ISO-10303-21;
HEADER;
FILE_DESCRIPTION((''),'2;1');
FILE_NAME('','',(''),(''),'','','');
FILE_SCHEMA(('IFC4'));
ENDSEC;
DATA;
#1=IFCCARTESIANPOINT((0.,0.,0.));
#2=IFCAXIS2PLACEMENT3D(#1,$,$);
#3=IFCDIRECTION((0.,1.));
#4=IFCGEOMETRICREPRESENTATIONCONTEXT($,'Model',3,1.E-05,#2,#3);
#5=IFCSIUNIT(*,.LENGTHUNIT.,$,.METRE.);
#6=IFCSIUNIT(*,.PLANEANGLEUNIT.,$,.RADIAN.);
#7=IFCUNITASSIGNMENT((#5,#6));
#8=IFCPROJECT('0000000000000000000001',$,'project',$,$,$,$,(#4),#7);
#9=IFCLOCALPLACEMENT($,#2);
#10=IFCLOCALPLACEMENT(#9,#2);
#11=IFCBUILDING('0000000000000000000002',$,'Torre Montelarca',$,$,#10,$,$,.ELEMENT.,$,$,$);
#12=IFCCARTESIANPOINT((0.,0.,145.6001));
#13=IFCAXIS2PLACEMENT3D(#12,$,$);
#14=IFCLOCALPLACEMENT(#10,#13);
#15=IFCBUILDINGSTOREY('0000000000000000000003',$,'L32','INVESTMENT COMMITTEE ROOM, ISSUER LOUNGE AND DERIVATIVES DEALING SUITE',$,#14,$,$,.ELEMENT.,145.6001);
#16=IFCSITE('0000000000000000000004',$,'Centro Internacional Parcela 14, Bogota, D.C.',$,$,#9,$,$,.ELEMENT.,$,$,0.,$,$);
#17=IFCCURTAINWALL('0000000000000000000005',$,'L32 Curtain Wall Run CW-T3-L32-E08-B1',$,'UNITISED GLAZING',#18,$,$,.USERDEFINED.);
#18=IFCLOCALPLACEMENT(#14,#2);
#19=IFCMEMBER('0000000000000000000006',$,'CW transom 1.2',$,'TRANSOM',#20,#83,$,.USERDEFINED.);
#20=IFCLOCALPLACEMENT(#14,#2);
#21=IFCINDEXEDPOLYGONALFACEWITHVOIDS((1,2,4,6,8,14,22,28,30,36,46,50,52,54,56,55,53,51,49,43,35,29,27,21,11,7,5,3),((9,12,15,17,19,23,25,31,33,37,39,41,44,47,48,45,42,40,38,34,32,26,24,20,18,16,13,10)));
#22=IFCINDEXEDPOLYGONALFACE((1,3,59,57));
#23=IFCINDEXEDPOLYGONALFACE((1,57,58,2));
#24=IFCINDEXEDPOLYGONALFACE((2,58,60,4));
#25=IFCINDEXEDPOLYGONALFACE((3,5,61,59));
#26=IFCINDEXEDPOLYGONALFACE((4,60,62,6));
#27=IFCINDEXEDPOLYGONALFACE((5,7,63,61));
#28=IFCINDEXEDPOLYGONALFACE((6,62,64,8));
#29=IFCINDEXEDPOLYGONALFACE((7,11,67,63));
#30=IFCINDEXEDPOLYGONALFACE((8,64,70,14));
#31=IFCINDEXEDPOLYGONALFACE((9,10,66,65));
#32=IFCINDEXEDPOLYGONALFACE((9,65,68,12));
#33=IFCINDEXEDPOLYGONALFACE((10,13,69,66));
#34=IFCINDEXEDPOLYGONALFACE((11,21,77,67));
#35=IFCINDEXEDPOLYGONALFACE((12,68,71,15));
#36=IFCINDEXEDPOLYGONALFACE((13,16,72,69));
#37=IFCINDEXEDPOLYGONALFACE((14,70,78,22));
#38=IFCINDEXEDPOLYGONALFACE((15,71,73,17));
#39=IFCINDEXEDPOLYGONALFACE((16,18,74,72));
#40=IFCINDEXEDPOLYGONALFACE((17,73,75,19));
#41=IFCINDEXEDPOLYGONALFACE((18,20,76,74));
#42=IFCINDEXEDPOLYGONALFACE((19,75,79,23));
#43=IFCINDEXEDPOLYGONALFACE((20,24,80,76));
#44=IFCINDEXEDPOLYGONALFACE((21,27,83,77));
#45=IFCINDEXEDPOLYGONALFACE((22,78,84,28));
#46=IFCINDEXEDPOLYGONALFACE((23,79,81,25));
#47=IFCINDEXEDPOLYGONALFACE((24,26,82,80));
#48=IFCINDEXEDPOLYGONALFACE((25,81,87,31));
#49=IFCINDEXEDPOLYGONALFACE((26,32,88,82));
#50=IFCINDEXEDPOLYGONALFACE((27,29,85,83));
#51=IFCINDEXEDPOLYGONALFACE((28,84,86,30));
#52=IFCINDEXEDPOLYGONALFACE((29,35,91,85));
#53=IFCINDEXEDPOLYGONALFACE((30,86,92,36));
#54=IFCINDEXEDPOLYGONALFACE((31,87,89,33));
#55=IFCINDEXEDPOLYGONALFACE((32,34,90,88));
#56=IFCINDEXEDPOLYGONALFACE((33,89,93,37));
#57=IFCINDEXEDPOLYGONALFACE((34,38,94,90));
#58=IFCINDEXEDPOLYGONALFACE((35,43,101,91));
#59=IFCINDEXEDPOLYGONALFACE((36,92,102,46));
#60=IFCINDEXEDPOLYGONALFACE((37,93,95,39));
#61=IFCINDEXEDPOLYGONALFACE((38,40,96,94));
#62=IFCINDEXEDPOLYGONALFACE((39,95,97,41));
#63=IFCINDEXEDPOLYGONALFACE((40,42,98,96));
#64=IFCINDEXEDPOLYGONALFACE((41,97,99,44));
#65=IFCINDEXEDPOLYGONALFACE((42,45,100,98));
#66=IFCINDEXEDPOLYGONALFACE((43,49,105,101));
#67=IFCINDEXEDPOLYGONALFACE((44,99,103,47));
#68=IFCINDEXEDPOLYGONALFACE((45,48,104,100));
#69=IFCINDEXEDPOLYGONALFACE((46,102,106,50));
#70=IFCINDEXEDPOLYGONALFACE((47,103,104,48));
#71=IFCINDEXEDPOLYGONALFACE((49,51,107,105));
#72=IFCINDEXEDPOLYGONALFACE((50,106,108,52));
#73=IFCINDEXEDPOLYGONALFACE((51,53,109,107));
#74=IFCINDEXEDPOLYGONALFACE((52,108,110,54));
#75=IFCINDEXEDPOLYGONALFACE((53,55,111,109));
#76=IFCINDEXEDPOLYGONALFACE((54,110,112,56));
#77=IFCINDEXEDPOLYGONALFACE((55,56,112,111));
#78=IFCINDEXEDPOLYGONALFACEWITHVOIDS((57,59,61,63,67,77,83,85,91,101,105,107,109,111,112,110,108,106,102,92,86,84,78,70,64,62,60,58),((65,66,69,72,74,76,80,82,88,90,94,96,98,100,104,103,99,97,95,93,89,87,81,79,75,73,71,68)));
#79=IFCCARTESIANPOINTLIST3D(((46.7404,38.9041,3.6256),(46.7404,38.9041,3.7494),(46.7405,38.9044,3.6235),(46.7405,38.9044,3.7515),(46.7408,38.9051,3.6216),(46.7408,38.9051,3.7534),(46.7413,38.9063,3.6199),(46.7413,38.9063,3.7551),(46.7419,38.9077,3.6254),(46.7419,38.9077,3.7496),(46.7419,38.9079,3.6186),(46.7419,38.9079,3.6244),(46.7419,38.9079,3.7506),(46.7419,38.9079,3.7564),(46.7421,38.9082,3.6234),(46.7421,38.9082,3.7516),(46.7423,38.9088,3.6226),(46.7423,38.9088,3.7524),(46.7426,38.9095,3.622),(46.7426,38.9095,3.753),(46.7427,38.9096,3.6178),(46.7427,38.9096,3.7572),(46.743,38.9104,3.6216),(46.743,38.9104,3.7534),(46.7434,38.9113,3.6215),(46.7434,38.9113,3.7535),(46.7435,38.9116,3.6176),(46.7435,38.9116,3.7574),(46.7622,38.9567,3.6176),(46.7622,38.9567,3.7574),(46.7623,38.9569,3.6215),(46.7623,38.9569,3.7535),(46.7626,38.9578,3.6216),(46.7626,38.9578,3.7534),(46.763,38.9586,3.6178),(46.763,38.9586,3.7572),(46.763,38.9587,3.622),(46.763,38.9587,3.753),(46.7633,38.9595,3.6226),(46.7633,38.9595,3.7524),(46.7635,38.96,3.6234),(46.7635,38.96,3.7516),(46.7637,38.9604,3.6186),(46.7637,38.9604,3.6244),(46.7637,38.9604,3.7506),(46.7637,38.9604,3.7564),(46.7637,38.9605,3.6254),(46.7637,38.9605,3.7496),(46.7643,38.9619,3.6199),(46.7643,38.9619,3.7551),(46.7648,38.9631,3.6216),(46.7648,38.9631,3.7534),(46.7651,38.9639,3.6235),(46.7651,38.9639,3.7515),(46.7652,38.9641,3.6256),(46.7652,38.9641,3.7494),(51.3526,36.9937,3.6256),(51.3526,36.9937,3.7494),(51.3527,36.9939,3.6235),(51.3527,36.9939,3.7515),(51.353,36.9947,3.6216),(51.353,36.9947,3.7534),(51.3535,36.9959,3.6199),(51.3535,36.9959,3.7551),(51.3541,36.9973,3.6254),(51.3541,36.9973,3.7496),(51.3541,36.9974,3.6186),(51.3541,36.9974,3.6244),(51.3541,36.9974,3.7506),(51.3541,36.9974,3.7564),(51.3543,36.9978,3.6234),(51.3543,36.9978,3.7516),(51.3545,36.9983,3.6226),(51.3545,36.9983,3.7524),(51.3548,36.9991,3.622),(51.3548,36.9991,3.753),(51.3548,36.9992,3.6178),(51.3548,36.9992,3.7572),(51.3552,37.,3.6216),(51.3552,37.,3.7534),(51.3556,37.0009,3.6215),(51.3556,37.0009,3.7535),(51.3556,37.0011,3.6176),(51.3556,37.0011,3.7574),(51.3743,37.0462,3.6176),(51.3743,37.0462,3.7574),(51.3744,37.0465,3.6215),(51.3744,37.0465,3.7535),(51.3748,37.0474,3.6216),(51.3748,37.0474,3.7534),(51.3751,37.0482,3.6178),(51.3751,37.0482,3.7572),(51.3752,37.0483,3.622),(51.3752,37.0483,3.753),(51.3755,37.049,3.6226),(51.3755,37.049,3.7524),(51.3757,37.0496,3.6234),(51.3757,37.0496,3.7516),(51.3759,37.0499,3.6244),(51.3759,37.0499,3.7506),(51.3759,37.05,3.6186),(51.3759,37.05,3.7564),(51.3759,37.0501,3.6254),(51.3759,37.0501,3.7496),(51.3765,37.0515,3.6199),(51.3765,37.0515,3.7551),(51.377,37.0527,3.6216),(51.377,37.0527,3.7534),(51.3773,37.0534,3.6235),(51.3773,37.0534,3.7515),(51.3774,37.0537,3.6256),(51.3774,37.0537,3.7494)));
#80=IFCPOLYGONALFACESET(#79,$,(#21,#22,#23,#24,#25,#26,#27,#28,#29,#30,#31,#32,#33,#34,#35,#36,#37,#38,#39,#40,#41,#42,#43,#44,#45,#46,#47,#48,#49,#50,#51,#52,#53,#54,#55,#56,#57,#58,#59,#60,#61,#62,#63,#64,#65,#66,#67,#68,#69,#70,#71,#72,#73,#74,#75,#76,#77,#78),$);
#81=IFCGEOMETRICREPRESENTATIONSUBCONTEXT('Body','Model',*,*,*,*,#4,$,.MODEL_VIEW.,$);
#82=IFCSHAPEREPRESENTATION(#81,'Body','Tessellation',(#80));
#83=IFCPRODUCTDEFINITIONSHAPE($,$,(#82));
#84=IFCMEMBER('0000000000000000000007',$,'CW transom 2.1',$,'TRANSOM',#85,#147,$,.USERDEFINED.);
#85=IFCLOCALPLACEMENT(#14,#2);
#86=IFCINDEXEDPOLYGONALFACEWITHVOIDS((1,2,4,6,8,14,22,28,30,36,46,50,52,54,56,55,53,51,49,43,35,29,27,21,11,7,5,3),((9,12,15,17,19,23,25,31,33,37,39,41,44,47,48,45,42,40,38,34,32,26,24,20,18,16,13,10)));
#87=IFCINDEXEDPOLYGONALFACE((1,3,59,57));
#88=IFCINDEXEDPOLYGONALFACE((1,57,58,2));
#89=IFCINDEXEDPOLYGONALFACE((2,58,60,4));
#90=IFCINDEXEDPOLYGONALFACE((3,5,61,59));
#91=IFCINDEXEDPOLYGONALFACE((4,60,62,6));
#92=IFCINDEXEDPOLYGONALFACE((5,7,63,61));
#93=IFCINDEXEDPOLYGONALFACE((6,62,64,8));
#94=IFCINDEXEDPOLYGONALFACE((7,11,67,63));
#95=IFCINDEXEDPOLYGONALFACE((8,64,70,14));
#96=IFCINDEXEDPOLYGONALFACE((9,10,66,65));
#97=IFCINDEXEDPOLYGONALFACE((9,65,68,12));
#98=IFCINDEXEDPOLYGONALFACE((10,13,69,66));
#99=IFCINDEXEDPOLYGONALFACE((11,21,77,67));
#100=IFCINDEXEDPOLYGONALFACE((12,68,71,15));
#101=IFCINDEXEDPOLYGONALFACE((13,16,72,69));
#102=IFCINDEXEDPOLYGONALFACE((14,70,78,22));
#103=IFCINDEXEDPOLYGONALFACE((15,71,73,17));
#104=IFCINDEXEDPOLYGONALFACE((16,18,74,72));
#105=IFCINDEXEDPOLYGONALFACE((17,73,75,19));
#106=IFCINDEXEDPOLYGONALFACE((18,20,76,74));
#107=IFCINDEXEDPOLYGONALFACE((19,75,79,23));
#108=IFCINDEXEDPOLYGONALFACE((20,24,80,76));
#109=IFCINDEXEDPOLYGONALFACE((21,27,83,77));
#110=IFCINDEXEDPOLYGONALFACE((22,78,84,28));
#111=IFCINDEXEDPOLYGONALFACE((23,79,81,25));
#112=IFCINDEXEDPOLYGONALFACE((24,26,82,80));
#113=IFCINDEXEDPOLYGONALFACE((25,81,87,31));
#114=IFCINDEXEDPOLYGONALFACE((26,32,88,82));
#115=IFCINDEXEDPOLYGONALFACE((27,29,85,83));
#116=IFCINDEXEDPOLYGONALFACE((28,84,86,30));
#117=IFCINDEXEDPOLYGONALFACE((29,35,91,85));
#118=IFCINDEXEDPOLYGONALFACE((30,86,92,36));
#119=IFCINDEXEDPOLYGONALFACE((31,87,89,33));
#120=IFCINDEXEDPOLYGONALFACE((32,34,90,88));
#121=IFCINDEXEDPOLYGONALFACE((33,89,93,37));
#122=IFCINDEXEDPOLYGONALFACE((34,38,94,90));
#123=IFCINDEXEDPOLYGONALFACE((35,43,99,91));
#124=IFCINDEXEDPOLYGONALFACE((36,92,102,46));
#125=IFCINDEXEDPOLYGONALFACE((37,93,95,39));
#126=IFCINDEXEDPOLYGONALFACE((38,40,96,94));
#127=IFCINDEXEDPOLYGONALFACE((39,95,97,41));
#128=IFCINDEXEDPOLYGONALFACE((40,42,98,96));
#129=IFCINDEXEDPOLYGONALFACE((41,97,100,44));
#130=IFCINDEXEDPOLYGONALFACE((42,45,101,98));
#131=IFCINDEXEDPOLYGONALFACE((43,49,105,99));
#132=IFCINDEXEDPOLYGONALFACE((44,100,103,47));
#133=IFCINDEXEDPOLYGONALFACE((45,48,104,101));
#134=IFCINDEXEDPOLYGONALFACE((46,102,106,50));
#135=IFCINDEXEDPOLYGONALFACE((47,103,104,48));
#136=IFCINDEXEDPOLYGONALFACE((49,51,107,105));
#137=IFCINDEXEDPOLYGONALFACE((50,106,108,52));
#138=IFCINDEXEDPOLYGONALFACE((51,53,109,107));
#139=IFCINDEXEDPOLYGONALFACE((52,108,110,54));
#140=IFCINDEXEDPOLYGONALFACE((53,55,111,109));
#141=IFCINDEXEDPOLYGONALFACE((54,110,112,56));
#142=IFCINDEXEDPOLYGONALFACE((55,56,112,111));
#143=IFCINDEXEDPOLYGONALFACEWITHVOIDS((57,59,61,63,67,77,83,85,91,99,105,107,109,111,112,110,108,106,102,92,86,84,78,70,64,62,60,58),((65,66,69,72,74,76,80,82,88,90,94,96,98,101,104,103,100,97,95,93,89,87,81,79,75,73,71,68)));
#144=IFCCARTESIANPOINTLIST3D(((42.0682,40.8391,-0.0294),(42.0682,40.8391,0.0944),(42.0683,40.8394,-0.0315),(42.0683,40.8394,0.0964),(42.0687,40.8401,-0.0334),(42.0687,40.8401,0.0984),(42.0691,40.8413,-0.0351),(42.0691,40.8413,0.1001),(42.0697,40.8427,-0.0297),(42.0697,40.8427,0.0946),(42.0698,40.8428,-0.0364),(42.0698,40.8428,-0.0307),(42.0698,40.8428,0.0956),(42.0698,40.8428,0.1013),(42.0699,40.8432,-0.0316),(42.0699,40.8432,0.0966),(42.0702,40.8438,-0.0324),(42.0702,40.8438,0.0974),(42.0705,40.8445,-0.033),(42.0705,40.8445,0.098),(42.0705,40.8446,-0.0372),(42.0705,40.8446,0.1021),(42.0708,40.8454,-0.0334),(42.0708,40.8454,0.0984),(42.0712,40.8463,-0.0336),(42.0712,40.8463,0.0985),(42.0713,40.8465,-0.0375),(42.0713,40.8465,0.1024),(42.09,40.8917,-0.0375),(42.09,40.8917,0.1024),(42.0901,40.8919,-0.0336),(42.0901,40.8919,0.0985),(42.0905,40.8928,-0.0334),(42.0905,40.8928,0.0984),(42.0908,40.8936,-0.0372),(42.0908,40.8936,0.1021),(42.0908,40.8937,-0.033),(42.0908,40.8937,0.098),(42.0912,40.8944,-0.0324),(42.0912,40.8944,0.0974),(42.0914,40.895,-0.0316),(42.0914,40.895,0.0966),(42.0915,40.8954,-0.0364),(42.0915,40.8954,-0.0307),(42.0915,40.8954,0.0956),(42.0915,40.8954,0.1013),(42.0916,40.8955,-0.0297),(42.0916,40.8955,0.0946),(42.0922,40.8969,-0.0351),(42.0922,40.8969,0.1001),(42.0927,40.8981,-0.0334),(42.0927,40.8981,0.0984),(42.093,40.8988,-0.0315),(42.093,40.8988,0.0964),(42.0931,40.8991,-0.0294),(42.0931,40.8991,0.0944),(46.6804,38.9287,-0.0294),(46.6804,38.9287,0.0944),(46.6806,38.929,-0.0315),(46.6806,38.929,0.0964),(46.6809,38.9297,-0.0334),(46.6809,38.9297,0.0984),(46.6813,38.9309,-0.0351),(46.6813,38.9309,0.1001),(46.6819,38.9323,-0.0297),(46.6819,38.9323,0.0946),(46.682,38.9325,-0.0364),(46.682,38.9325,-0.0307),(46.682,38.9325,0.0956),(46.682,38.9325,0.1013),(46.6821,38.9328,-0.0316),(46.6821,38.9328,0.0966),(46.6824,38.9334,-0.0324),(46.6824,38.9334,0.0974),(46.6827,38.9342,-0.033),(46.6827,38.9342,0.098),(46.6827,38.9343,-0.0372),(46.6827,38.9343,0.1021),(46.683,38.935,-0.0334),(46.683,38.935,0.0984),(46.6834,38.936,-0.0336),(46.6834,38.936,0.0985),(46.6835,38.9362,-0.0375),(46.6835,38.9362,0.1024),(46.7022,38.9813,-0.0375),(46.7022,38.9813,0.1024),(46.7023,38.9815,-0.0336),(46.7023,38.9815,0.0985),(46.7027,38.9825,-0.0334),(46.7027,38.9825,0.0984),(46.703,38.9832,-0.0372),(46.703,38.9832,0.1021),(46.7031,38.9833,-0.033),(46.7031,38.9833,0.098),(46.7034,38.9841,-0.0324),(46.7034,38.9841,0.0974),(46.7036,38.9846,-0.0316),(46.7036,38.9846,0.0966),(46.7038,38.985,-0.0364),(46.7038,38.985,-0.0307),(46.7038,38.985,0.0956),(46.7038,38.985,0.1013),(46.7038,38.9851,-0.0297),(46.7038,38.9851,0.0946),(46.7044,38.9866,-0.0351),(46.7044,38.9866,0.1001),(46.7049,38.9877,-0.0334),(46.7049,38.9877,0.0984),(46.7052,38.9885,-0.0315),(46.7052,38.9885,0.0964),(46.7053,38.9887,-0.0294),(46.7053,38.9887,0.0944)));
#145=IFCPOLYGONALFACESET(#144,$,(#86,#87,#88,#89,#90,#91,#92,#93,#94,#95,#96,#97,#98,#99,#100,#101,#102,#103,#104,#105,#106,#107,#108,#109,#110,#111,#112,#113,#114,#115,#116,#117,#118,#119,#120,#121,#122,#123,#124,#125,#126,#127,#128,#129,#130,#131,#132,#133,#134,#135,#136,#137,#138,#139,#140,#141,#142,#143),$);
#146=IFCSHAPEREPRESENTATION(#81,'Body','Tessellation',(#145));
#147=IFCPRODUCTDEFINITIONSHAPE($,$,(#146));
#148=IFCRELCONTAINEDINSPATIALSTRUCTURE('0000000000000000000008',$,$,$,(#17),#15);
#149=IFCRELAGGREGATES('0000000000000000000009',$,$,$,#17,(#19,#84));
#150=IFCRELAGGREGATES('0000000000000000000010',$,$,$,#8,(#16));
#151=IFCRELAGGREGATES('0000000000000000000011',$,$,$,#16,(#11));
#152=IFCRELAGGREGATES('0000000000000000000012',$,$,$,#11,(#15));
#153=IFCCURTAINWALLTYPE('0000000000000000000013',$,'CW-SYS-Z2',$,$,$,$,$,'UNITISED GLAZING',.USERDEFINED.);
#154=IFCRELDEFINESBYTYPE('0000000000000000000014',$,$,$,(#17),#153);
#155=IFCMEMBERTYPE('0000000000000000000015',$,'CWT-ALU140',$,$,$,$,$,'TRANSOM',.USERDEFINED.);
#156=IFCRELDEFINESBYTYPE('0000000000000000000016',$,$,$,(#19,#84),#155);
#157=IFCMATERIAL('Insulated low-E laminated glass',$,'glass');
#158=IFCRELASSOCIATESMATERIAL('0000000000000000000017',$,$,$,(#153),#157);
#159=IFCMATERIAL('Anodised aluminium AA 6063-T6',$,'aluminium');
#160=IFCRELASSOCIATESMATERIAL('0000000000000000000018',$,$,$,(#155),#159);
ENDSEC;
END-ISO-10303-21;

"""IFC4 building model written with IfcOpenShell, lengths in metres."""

from ifc_helpers import new_model, si_unit, direction, frame, origin, origin_2d, place, context, subcontext, project, spatial, hollow_rectangle, extrude, source, transform, mapped, material, material_profile, profile_set, type_object, element, aggregate, save


model = new_model("IFC4")

# Units and contexts
model_context = context("Model", 3, precision=1e-05, world=origin(), true_north=direction((0.0, 1.0)))
body_context = subcontext(model_context, "Body", "Model", "MODEL_VIEW")
ifc_project = project(units=[si_unit("LENGTHUNIT", "METRE"), si_unit("PLANEANGLEUNIT", "RADIAN")], contexts=[model_context])

# Site, building, storey
site_placement = place(None, origin())
site = spatial("IfcSite", under=ifc_project, at=site_placement, Name="Centro Internacional Parcela 14, Bogota, D.C.", CompositionType="ELEMENT", RefElevation=0.0)
building_placement = place(site_placement, origin())
building = spatial("IfcBuilding", under=site, at=building_placement, Name="Torre Montelarca", CompositionType="ELEMENT")
storey_placement = place(building_placement, frame((0.0, 0.0, 145.6001)))
storey = spatial("IfcBuildingStorey", under=building, at=storey_placement, Name="L32", Description="INVESTMENT COMMITTEE ROOM, ISSUER LOUNGE AND DERIVATIVES DEALING SUITE", CompositionType="ELEMENT", Elevation=145.6001)

# Curtain wall
ifc_material_1 = material(Name="Insulated low-E laminated glass", Category="glass")
curtain_wall_type = type_object("IfcCurtainWallType", Name="CW-SYS-Z2", ElementType="UNITISED GLAZING", PredefinedType="USERDEFINED", material=ifc_material_1)
ifc_material_2 = material(Name="Anodised aluminium AA 6063-T6", Category="aluminium")
ifc_material_profile_1 = material_profile(ifc_material_2, hollow_rectangle(XDim=0.0649, YDim=0.1399, WallThickness=0.0039, InnerFilletRadius=0.0039, OuterFilletRadius=0.0081, at=origin_2d()), Name="ALU65X140X4", Category="aluminium")
ifc_profile_set_1 = profile_set([ifc_material_profile_1], Name="Anodised aluminium AA 6063-T6")
member_type_1 = type_object("IfcMemberType", Name="CWT-ALU140", ElementType="TRANSOM", PredefinedType="USERDEFINED", material=ifc_profile_set_1)
curtain_wall_1_placement = place(storey_placement, origin())
curtain_wall_1 = element("IfcCurtainWall", 1, at=curtain_wall_1_placement, inside=storey, type_object=curtain_wall_type, Name="L32 Curtain Wall Run CW-T3-L32-E08-B1", ObjectType="UNITISED GLAZING", PredefinedType="USERDEFINED")

# Members
shared_shape_1 = source(origin(), body_context, "Body", "SweptSolid", [
    extrude(hollow_rectangle(XDim=0.0649, YDim=0.1399, WallThickness=0.0039, InnerFilletRadius=0.0039, OuterFilletRadius=0.0081, at=origin_2d()), origin(), (0.0, 0.0, 1.0), 4.9922),
])
member_1_placement = place(storey_placement, frame((51.365, 37.0237, 3.6875), z_axis=(-0.923878, 0.382687, 0.0), x_axis=(-0.382687, -0.923878, 0.0)))
member_1 = element("IfcMember", 2, at=member_1_placement, type_object=member_type_1, Name="CW transom 1.2", ObjectType="TRANSOM", PredefinedType="USERDEFINED", context=body_context, shape_type="MappedRepresentation", body=[
    mapped(shared_shape_1, transform((0.0, 0.0, 0.0), scale=1.0)),
])
member_2_placement = place(storey_placement, frame((46.6929, 38.9587, 0.0325), z_axis=(-0.923885, 0.38267, 0.0), x_axis=(-0.38267, -0.923885, 0.0)))
member_2 = element("IfcMember", 3, at=member_2_placement, type_object=member_type_1, Name="CW transom 2.1", ObjectType="TRANSOM", PredefinedType="USERDEFINED", context=body_context, shape_type="MappedRepresentation", body=[
    mapped(shared_shape_1, transform((0.0, 0.0, 0.0), scale=1.0)),
])

aggregate(curtain_wall_1, [member_1, member_2])

save(model, "model.ifc")
